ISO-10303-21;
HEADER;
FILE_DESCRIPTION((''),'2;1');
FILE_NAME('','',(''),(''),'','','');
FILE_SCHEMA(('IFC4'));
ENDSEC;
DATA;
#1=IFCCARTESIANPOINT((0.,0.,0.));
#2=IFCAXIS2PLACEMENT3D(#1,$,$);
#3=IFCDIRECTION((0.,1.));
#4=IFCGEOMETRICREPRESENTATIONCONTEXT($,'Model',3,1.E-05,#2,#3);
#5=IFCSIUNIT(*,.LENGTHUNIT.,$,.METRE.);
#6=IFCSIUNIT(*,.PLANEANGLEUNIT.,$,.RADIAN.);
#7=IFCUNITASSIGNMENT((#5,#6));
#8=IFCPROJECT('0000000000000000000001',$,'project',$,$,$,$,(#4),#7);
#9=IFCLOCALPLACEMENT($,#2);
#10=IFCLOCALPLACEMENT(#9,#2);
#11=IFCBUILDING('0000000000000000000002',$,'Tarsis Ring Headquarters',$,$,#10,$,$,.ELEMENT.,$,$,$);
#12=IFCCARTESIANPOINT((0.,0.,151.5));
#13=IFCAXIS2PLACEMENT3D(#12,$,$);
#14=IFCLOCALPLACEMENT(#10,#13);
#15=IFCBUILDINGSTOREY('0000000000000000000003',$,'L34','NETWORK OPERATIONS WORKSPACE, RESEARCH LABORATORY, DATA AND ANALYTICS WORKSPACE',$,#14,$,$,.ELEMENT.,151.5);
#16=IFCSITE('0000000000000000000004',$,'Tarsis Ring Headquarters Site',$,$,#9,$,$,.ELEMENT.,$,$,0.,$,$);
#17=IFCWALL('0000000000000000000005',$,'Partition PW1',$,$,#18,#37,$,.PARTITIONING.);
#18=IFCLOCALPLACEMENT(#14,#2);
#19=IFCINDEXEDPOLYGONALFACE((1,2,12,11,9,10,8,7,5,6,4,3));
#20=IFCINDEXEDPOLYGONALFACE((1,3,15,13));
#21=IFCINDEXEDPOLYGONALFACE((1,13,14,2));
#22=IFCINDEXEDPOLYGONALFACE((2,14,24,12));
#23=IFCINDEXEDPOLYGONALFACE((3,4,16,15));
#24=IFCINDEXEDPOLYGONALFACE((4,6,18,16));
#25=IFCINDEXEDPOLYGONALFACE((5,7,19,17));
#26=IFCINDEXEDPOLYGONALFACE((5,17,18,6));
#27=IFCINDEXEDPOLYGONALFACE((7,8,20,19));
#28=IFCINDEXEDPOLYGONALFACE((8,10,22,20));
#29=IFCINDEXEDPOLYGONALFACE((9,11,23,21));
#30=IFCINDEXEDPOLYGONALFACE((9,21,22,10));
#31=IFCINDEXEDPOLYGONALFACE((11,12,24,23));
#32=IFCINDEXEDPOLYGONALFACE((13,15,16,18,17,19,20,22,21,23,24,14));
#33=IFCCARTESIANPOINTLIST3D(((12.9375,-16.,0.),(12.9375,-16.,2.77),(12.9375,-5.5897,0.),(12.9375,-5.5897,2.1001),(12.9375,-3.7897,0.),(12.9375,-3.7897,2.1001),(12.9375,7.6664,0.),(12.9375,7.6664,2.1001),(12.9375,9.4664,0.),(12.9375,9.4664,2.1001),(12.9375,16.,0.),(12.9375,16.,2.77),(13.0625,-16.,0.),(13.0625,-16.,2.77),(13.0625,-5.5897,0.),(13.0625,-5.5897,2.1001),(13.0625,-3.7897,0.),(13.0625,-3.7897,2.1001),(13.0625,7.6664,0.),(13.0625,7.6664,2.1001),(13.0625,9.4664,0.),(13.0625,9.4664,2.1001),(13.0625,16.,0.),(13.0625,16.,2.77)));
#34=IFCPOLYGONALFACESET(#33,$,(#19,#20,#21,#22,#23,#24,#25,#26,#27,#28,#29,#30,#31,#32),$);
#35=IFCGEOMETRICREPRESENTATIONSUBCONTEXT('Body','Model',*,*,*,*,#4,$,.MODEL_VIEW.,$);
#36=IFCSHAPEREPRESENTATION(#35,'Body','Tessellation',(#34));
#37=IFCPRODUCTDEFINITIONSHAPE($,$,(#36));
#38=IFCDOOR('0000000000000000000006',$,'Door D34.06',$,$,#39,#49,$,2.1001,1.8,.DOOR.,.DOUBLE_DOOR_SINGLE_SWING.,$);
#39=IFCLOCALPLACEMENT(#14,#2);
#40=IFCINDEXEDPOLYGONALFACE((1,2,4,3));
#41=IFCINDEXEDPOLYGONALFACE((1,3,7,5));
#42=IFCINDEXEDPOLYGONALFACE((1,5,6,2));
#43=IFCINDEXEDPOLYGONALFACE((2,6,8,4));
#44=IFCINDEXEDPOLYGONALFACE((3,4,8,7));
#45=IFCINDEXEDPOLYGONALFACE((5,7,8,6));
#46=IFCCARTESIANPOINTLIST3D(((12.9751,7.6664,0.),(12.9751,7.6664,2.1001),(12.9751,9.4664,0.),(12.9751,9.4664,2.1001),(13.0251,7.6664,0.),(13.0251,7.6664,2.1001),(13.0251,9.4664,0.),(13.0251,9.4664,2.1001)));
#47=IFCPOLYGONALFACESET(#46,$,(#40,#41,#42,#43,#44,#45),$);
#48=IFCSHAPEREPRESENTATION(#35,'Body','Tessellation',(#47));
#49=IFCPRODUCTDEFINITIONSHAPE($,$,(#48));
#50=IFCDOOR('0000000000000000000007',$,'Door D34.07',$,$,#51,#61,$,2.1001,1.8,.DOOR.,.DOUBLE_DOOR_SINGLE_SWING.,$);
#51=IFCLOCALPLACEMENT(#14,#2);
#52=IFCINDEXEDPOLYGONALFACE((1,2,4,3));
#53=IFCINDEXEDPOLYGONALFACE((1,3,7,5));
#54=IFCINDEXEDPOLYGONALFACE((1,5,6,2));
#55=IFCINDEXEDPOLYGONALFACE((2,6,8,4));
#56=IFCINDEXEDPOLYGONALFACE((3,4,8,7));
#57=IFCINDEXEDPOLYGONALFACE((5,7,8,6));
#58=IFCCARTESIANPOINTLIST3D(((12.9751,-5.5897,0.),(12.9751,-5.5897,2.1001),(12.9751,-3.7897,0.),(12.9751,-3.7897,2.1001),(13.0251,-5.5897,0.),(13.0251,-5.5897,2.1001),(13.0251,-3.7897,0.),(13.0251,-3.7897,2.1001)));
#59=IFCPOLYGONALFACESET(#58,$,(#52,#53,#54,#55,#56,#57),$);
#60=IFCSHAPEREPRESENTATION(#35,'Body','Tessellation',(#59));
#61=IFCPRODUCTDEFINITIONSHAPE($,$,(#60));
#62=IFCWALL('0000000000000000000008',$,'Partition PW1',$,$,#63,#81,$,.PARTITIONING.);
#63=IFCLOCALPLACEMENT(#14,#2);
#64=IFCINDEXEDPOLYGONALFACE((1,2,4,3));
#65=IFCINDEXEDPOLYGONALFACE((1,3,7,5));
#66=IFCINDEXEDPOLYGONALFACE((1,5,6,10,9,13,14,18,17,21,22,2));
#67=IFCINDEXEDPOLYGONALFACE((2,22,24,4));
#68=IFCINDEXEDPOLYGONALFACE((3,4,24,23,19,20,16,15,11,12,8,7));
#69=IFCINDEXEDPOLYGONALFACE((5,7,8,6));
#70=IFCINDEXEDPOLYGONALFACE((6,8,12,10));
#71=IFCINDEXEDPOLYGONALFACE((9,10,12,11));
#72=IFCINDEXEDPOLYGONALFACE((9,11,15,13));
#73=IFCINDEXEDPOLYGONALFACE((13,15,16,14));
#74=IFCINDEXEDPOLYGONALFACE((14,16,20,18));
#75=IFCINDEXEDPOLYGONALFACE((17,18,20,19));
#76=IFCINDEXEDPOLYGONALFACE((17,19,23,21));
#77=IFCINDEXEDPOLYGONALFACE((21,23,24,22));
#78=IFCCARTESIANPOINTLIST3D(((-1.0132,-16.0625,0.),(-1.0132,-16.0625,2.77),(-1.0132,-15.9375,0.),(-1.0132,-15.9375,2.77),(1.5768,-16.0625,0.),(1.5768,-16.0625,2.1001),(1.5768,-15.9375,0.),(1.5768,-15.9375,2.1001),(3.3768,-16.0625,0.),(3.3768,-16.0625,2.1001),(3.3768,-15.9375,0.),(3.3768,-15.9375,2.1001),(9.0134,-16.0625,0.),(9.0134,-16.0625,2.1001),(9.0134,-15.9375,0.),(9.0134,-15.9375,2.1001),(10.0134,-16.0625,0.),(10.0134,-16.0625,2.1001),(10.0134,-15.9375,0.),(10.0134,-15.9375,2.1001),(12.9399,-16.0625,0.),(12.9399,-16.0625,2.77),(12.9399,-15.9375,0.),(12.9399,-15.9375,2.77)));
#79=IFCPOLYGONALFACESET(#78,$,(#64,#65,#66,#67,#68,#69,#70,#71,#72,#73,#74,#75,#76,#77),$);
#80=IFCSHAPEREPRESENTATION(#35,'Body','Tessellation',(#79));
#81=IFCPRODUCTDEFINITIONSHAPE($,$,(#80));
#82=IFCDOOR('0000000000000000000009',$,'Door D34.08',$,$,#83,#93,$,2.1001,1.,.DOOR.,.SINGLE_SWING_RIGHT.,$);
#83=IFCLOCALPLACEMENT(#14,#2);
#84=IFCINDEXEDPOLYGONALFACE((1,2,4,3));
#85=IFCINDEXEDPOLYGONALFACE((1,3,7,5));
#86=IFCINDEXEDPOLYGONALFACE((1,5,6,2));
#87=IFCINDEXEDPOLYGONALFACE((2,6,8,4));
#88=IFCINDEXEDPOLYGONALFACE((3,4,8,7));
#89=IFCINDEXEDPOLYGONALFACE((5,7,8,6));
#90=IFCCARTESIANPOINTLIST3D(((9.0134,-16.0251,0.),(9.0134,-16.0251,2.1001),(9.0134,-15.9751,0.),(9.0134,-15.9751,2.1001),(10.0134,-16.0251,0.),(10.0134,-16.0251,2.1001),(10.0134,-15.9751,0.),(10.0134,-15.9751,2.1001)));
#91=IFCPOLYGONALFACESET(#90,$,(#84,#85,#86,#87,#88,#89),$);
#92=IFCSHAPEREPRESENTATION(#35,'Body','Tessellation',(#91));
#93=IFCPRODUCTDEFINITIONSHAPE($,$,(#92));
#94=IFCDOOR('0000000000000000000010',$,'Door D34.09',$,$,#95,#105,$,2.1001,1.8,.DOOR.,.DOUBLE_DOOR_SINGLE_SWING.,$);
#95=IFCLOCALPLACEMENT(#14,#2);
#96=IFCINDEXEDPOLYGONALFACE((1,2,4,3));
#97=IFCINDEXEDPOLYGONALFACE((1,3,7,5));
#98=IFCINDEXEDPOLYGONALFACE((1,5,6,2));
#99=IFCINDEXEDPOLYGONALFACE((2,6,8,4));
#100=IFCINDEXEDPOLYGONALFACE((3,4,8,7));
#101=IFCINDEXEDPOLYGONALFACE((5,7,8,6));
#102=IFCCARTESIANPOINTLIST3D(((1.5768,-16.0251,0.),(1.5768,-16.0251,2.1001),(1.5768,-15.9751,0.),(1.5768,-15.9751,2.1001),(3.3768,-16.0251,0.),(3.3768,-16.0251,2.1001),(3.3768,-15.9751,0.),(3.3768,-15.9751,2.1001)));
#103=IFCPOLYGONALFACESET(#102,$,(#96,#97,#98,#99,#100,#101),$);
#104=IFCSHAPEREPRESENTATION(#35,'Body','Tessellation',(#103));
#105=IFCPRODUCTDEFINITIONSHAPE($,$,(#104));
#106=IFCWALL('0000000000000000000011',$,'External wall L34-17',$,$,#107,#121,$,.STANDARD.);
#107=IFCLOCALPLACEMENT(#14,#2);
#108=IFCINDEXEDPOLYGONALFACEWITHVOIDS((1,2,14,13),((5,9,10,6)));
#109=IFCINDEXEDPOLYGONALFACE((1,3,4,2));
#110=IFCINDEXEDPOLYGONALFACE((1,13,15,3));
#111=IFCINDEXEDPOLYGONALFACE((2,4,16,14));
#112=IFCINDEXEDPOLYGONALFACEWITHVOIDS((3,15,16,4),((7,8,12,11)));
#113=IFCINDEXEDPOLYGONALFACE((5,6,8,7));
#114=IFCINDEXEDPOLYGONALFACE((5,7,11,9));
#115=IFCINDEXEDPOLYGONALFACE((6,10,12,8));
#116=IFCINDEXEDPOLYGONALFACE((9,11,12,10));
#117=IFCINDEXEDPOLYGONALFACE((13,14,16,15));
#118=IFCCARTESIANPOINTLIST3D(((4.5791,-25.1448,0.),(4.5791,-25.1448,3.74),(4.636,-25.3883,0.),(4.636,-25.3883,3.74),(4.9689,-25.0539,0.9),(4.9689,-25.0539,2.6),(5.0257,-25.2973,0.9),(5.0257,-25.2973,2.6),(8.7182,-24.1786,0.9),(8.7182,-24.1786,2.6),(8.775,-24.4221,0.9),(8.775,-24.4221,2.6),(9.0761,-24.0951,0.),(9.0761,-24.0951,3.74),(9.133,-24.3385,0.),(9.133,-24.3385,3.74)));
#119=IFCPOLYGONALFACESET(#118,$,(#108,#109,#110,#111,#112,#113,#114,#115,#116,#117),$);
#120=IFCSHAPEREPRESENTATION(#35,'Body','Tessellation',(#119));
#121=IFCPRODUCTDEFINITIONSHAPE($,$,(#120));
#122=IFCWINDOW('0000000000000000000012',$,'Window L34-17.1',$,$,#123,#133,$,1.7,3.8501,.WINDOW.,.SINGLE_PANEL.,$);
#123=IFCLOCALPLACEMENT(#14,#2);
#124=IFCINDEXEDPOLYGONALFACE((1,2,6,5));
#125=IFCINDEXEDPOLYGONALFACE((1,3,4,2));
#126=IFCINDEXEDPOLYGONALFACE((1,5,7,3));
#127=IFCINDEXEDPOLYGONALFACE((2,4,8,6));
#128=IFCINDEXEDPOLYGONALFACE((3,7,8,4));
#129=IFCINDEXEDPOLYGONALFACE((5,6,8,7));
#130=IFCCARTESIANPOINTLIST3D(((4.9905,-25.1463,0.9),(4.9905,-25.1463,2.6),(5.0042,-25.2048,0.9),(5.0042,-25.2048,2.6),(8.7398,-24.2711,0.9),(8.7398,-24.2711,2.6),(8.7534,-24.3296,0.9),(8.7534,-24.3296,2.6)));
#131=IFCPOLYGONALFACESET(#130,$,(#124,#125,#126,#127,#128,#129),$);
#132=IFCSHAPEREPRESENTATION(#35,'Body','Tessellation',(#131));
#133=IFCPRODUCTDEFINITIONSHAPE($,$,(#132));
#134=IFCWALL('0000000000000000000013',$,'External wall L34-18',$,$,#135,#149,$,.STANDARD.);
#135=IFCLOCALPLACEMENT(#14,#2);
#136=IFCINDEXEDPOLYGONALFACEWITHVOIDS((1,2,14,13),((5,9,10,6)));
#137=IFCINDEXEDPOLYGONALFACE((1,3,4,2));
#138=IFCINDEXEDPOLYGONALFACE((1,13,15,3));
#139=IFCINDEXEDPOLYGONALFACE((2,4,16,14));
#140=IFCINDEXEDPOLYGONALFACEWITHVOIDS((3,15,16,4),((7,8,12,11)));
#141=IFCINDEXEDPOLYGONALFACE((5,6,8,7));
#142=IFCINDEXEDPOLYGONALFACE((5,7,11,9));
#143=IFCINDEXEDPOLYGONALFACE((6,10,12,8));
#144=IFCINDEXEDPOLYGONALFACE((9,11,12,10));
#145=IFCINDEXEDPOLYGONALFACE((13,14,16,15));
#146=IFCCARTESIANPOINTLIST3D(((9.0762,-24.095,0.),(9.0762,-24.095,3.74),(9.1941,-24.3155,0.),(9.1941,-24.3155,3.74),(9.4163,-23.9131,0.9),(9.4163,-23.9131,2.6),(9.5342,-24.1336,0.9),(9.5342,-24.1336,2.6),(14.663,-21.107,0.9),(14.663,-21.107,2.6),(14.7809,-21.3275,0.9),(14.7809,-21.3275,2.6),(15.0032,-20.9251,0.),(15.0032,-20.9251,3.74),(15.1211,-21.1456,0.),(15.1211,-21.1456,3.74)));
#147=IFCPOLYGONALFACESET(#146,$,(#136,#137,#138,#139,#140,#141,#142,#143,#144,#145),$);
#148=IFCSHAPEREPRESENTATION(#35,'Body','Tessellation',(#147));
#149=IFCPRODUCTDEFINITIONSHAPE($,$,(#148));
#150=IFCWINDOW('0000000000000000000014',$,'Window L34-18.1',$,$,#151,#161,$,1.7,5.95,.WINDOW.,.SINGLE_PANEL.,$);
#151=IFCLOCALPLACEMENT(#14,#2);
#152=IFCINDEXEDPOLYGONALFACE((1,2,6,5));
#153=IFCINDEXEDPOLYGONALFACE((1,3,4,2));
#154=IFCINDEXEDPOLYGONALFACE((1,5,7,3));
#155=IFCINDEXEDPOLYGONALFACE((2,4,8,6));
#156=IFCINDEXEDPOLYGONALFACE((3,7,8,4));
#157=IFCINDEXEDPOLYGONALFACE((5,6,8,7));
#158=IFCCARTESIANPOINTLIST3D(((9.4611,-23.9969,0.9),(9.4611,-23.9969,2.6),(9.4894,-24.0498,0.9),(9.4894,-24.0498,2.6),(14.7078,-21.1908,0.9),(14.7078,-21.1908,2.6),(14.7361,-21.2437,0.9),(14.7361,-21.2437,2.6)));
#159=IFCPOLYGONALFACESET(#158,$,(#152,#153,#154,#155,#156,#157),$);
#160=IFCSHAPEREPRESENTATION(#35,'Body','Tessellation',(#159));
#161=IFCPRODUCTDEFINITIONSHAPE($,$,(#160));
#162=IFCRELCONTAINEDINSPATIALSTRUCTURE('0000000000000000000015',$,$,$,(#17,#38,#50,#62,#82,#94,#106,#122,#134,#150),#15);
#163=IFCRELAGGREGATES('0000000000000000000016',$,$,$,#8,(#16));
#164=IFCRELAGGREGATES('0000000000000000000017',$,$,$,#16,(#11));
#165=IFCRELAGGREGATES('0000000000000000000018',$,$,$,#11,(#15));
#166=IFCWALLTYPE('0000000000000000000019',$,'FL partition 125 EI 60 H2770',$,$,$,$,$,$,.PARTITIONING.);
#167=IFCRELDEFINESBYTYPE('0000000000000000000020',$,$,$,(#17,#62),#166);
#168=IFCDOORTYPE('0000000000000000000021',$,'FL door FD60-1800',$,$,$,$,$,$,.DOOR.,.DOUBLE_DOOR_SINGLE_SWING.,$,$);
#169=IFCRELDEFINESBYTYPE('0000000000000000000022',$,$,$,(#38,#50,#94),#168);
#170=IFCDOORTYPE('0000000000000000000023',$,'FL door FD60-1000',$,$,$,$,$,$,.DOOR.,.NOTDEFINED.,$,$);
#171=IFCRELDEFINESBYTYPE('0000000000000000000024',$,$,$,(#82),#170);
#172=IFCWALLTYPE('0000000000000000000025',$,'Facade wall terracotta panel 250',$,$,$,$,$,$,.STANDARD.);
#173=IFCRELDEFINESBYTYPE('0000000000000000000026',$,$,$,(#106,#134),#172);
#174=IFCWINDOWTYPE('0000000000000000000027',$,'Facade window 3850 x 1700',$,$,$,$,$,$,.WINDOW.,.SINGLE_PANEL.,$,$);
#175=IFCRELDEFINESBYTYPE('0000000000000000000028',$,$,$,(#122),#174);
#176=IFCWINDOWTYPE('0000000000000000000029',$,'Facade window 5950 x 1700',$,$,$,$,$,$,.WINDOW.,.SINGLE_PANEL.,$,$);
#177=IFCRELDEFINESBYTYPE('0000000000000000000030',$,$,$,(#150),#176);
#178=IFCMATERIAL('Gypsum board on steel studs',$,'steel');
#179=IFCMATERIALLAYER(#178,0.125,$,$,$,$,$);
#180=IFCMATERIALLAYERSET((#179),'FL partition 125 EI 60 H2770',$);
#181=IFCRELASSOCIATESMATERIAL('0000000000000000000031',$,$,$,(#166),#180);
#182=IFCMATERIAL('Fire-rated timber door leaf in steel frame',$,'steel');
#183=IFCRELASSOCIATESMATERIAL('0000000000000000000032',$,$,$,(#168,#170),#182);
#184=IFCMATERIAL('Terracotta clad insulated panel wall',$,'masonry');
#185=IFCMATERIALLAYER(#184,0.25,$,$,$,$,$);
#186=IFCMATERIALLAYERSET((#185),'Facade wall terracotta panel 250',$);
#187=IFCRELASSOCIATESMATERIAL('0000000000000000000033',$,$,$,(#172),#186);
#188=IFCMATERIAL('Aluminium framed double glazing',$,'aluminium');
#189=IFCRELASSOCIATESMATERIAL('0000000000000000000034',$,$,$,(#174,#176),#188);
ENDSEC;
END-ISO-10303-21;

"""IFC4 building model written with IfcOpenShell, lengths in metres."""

from ifc_helpers import new_model, si_unit, direction, frame, frame_2d, origin, place, context, subcontext, project, spatial, rectangle, extrude, material, layer, layer_set, type_object, element, fill, save


model = new_model("IFC4")

# Units and contexts
model_context = context("Model", 3, precision=1e-05, world=origin(), true_north=direction((0.0, 1.0)))
body_context = subcontext(model_context, "Body", "Model", "MODEL_VIEW")
ifc_project = project(units=[si_unit("LENGTHUNIT", "METRE"), si_unit("PLANEANGLEUNIT", "RADIAN")], contexts=[model_context])

# Site, building, storey
site_placement = place(None, origin())
site = spatial("IfcSite", under=ifc_project, at=site_placement, Name="Tarsis Ring Headquarters Site", CompositionType="ELEMENT", RefElevation=0.0)
building_placement = place(site_placement, origin())
building = spatial("IfcBuilding", under=site, at=building_placement, Name="Tarsis Ring Headquarters", CompositionType="ELEMENT")
storey_placement = place(building_placement, frame((0.0, 0.0, 151.5)))
storey = spatial("IfcBuildingStorey", under=building, at=storey_placement, Name="L34", Description="NETWORK OPERATIONS WORKSPACE, RESEARCH LABORATORY, DATA AND ANALYTICS WORKSPACE", CompositionType="ELEMENT", Elevation=151.5)

# Shared definitions
ifc_material_1 = material(Name="Gypsum board on steel studs", Category="steel")

# Walls, openings, doors
ifc_layer_1 = layer(ifc_material_1, 0.125)
ifc_layer_set_1 = layer_set([ifc_layer_1], Name="FL partition 125 EI 60 H2770")
wall_type_1 = type_object("IfcWallType", Name="FL partition 125 EI 60 H2770", PredefinedType="PARTITIONING", material=ifc_layer_set_1)
wall_1_placement = place(storey_placement, frame((13.0, -16.0, 0.0), z_axis=(0.0, 0.0, 1.0), x_axis=(0.0, 1.0, 0.0)))
wall_1 = element("IfcWall", 1, at=wall_1_placement, inside=storey, type_object=wall_type_1, Name="Partition PW1", PredefinedType="PARTITIONING", context=body_context, shape_type="SweptSolid", body=[
    extrude(rectangle(XDim=32.0, YDim=0.125, at=frame_2d((16.0, 0.0))), origin(), (0.0, 0.0, 1.0), 2.77),
])
opening_1_placement = place(wall_1_placement, frame((23.6665, 0.0, 0.0)))
opening_1 = element("IfcOpeningElement", 2, at=opening_1_placement, cuts=wall_1, PredefinedType="OPENING", context=body_context, shape_type="SweptSolid", body=[
    extrude(rectangle(XDim=1.8, YDim=2.1001, at=frame_2d((0.8999, 1.05))), frame((0.0, 0.0725, 0.0), z_axis=(0.0, -1.0, 0.0), x_axis=(1.0, 0.0, 0.0)), (0.0, 0.0, 1.0), 0.145),
])
opening_2_placement = place(wall_1_placement, frame((10.4104, 0.0, 0.0)))
opening_2 = element("IfcOpeningElement", 3, at=opening_2_placement, cuts=wall_1, PredefinedType="OPENING", context=body_context, shape_type="SweptSolid", body=[
    extrude(rectangle(XDim=1.8, YDim=2.1001, at=frame_2d((0.8999, 1.05))), frame((0.0, 0.0725, 0.0), z_axis=(0.0, -1.0, 0.0), x_axis=(1.0, 0.0, 0.0)), (0.0, 0.0, 1.0), 0.145),
])
ifc_material_2 = material(Name="Fire-rated timber door leaf in steel frame", Category="steel")
door_type_1 = type_object("IfcDoorType", Name="FL door FD60-1800", OperationType="DOUBLE_DOOR_SINGLE_SWING", PredefinedType="DOOR", material=ifc_material_2)
door_1_placement = place(opening_1_placement, origin())
door_1 = element("IfcDoor", 4, at=door_1_placement, inside=storey, type_object=door_type_1, Name="Door D34.06", OperationType="DOUBLE_DOOR_SINGLE_SWING", OverallHeight=2.1001, OverallWidth=1.8, PredefinedType="DOOR", context=body_context, shape_type="SweptSolid", body=[
    extrude(rectangle(XDim=1.8, YDim=2.1001, at=frame_2d((0.8999, 1.05))), frame((0.0, 0.0249, 0.0), z_axis=(0.0, -1.0, 0.0), x_axis=(1.0, 0.0, 0.0)), (0.0, 0.0, 1.0), 0.05),
])
fill(opening_1, door_1)
door_2_placement = place(opening_2_placement, origin())
door_2 = element("IfcDoor", 5, at=door_2_placement, inside=storey, type_object=door_type_1, Name="Door D34.07", OperationType="DOUBLE_DOOR_SINGLE_SWING", OverallHeight=2.1001, OverallWidth=1.8, PredefinedType="DOOR", context=body_context, shape_type="SweptSolid", body=[
    extrude(rectangle(XDim=1.8, YDim=2.1001, at=frame_2d((0.8999, 1.05))), frame((0.0, 0.0249, 0.0), z_axis=(0.0, -1.0, 0.0), x_axis=(1.0, 0.0, 0.0)), (0.0, 0.0, 1.0), 0.05),
])
fill(opening_2, door_2)
wall_2_placement = place(storey_placement, frame((-1.0132, -16.0, 0.0), z_axis=(0.0, 0.0, 1.0), x_axis=(1.0, 0.0, 0.0)))
wall_2 = element("IfcWall", 6, at=wall_2_placement, inside=storey, type_object=wall_type_1, Name="Partition PW1", PredefinedType="PARTITIONING", context=body_context, shape_type="SweptSolid", body=[
    extrude(rectangle(XDim=13.9531, YDim=0.125, at=frame_2d((6.9766, 0.0))), origin(), (0.0, 0.0, 1.0), 2.77),
])
opening_3_placement = place(wall_2_placement, frame((10.0266, 0.0, 0.0)))
opening_3 = element("IfcOpeningElement", 7, at=opening_3_placement, cuts=wall_2, PredefinedType="OPENING", context=body_context, shape_type="SweptSolid", body=[
    extrude(rectangle(XDim=1.0, YDim=2.1001, at=frame_2d((0.5, 1.05))), frame((0.0, 0.0725, 0.0), z_axis=(0.0, -1.0, 0.0), x_axis=(1.0, 0.0, 0.0)), (0.0, 0.0, 1.0), 0.145),
])
opening_4_placement = place(wall_2_placement, frame((2.5901, 0.0, 0.0)))
opening_4 = element("IfcOpeningElement", 8, at=opening_4_placement, cuts=wall_2, PredefinedType="OPENING", context=body_context, shape_type="SweptSolid", body=[
    extrude(rectangle(XDim=1.8, YDim=2.1001, at=frame_2d((0.8999, 1.05))), frame((0.0, 0.0725, 0.0), z_axis=(0.0, -1.0, 0.0), x_axis=(1.0, 0.0, 0.0)), (0.0, 0.0, 1.0), 0.145),
])
door_type_2 = type_object("IfcDoorType", Name="FL door FD60-1000", OperationType="NOTDEFINED", PredefinedType="DOOR", material=ifc_material_2)
door_3_placement = place(opening_3_placement, origin())
door_3 = element("IfcDoor", 9, at=door_3_placement, inside=storey, type_object=door_type_2, Name="Door D34.08", OperationType="SINGLE_SWING_RIGHT", OverallHeight=2.1001, OverallWidth=1.0, PredefinedType="DOOR", context=body_context, shape_type="SweptSolid", body=[
    extrude(rectangle(XDim=1.0, YDim=2.1001, at=frame_2d((0.5, 1.05))), frame((0.0, 0.0249, 0.0), z_axis=(0.0, -1.0, 0.0), x_axis=(1.0, 0.0, 0.0)), (0.0, 0.0, 1.0), 0.05),
])
fill(opening_3, door_3)
door_4_placement = place(opening_4_placement, origin())
door_4 = element("IfcDoor", 10, at=door_4_placement, inside=storey, type_object=door_type_1, Name="Door D34.09", OperationType="DOUBLE_DOOR_SINGLE_SWING", OverallHeight=2.1001, OverallWidth=1.8, PredefinedType="DOOR", context=body_context, shape_type="SweptSolid", body=[
    extrude(rectangle(XDim=1.8, YDim=2.1001, at=frame_2d((0.8999, 1.05))), frame((0.0, 0.0249, 0.0), z_axis=(0.0, -1.0, 0.0), x_axis=(1.0, 0.0, 0.0)), (0.0, 0.0, 1.0), 0.05),
])
fill(opening_4, door_4)

# Walls, openings, windows
ifc_material_3 = material(Name="Terracotta clad insulated panel wall", Category="masonry")
ifc_layer_2 = layer(ifc_material_3, 0.25)
ifc_layer_set_2 = layer_set([ifc_layer_2], Name="Facade wall terracotta panel 250")
wall_type_2 = type_object("IfcWallType", Name="Facade wall terracotta panel 250", PredefinedType="STANDARD", material=ifc_layer_set_2)
wall_3_placement = place(storey_placement, frame((4.6074, -25.2666, 0.0), z_axis=(0.0, 0.0, 1.0), x_axis=(0.973818, 0.22733, 0.0)))
wall_3 = element("IfcWall", 11, at=wall_3_placement, inside=storey, type_object=wall_type_2, Name="External wall L34-17", PredefinedType="STANDARD", context=body_context, shape_type="SweptSolid", body=[
    extrude(rectangle(XDim=4.6179, YDim=0.25, at=frame_2d((2.3091, 0.0))), origin(), (0.0, 0.0, 1.0), 3.74),
])
opening_5_placement = place(wall_3_placement, frame((0.4004, 0.0, 0.8999)))
opening_5 = element("IfcOpeningElement", 12, at=opening_5_placement, cuts=wall_3, PredefinedType="OPENING", context=body_context, shape_type="SweptSolid", body=[
    extrude(rectangle(XDim=3.8501, YDim=1.7, at=frame_2d((1.925, 0.8501))), frame((0.0, 0.135, 0.0), z_axis=(0.0, -1.0, 0.0), x_axis=(1.0, 0.0, 0.0)), (0.0, 0.0, 1.0), 0.27),
])
ifc_material_4 = material(Name="Aluminium framed double glazing", Category="aluminium")
window_type_1 = type_object("IfcWindowType", Name="Facade window 3850 x 1700", PartitioningType="SINGLE_PANEL", PredefinedType="WINDOW", material=ifc_material_4)
window_1_placement = place(opening_5_placement, origin())
window_1 = element("IfcWindow", 13, at=window_1_placement, inside=storey, type_object=window_type_1, Name="Window L34-17.1", OverallHeight=1.7, OverallWidth=3.8501, PartitioningType="SINGLE_PANEL", PredefinedType="WINDOW", context=body_context, shape_type="SweptSolid", body=[
    extrude(rectangle(XDim=3.8501, YDim=1.7, at=frame_2d((1.925, 0.8501))), frame((0.0, 0.03, 0.0), z_axis=(0.0, -1.0, 0.0), x_axis=(1.0, 0.0, 0.0)), (0.0, 0.0, 1.0), 0.0601),
])
fill(opening_5, window_1)
wall_4_placement = place(storey_placement, frame((9.135, -24.2053, 0.0), z_axis=(0.0, 0.0, 1.0), x_axis=(0.881805, 0.471613, 0.0)))
wall_4 = element("IfcWall", 14, at=wall_4_placement, inside=storey, type_object=wall_type_2, Name="External wall L34-18", PredefinedType="STANDARD", context=body_context, shape_type="SweptSolid", body=[
    extrude(rectangle(XDim=6.7214, YDim=0.25, at=frame_2d((3.3608, 0.0))), origin(), (0.0, 0.0, 1.0), 3.74),
])
opening_6_placement = place(wall_4_placement, frame((0.3857, 0.0, 0.8999)))
opening_6 = element("IfcOpeningElement", 15, at=opening_6_placement, cuts=wall_4, PredefinedType="OPENING", context=body_context, shape_type="SweptSolid", body=[
    extrude(rectangle(XDim=5.95, YDim=1.7, at=frame_2d((2.9751, 0.8501))), frame((0.0, 0.135, 0.0), z_axis=(0.0, -1.0, 0.0), x_axis=(1.0, 0.0, 0.0)), (0.0, 0.0, 1.0), 0.27),
])
window_type_2 = type_object("IfcWindowType", Name="Facade window 5950 x 1700", PartitioningType="SINGLE_PANEL", PredefinedType="WINDOW", material=ifc_material_4)
window_2_placement = place(opening_6_placement, origin())
window_2 = element("IfcWindow", 16, at=window_2_placement, inside=storey, type_object=window_type_2, Name="Window L34-18.1", OverallHeight=1.7, OverallWidth=5.95, PartitioningType="SINGLE_PANEL", PredefinedType="WINDOW", context=body_context, shape_type="SweptSolid", body=[
    extrude(rectangle(XDim=5.95, YDim=1.7, at=frame_2d((2.9751, 0.8501))), frame((0.0, 0.03, 0.0), z_axis=(0.0, -1.0, 0.0), x_axis=(1.0, 0.0, 0.0)), (0.0, 0.0, 1.0), 0.0601),
])
fill(opening_6, window_2)

save(model, "model.ifc")
